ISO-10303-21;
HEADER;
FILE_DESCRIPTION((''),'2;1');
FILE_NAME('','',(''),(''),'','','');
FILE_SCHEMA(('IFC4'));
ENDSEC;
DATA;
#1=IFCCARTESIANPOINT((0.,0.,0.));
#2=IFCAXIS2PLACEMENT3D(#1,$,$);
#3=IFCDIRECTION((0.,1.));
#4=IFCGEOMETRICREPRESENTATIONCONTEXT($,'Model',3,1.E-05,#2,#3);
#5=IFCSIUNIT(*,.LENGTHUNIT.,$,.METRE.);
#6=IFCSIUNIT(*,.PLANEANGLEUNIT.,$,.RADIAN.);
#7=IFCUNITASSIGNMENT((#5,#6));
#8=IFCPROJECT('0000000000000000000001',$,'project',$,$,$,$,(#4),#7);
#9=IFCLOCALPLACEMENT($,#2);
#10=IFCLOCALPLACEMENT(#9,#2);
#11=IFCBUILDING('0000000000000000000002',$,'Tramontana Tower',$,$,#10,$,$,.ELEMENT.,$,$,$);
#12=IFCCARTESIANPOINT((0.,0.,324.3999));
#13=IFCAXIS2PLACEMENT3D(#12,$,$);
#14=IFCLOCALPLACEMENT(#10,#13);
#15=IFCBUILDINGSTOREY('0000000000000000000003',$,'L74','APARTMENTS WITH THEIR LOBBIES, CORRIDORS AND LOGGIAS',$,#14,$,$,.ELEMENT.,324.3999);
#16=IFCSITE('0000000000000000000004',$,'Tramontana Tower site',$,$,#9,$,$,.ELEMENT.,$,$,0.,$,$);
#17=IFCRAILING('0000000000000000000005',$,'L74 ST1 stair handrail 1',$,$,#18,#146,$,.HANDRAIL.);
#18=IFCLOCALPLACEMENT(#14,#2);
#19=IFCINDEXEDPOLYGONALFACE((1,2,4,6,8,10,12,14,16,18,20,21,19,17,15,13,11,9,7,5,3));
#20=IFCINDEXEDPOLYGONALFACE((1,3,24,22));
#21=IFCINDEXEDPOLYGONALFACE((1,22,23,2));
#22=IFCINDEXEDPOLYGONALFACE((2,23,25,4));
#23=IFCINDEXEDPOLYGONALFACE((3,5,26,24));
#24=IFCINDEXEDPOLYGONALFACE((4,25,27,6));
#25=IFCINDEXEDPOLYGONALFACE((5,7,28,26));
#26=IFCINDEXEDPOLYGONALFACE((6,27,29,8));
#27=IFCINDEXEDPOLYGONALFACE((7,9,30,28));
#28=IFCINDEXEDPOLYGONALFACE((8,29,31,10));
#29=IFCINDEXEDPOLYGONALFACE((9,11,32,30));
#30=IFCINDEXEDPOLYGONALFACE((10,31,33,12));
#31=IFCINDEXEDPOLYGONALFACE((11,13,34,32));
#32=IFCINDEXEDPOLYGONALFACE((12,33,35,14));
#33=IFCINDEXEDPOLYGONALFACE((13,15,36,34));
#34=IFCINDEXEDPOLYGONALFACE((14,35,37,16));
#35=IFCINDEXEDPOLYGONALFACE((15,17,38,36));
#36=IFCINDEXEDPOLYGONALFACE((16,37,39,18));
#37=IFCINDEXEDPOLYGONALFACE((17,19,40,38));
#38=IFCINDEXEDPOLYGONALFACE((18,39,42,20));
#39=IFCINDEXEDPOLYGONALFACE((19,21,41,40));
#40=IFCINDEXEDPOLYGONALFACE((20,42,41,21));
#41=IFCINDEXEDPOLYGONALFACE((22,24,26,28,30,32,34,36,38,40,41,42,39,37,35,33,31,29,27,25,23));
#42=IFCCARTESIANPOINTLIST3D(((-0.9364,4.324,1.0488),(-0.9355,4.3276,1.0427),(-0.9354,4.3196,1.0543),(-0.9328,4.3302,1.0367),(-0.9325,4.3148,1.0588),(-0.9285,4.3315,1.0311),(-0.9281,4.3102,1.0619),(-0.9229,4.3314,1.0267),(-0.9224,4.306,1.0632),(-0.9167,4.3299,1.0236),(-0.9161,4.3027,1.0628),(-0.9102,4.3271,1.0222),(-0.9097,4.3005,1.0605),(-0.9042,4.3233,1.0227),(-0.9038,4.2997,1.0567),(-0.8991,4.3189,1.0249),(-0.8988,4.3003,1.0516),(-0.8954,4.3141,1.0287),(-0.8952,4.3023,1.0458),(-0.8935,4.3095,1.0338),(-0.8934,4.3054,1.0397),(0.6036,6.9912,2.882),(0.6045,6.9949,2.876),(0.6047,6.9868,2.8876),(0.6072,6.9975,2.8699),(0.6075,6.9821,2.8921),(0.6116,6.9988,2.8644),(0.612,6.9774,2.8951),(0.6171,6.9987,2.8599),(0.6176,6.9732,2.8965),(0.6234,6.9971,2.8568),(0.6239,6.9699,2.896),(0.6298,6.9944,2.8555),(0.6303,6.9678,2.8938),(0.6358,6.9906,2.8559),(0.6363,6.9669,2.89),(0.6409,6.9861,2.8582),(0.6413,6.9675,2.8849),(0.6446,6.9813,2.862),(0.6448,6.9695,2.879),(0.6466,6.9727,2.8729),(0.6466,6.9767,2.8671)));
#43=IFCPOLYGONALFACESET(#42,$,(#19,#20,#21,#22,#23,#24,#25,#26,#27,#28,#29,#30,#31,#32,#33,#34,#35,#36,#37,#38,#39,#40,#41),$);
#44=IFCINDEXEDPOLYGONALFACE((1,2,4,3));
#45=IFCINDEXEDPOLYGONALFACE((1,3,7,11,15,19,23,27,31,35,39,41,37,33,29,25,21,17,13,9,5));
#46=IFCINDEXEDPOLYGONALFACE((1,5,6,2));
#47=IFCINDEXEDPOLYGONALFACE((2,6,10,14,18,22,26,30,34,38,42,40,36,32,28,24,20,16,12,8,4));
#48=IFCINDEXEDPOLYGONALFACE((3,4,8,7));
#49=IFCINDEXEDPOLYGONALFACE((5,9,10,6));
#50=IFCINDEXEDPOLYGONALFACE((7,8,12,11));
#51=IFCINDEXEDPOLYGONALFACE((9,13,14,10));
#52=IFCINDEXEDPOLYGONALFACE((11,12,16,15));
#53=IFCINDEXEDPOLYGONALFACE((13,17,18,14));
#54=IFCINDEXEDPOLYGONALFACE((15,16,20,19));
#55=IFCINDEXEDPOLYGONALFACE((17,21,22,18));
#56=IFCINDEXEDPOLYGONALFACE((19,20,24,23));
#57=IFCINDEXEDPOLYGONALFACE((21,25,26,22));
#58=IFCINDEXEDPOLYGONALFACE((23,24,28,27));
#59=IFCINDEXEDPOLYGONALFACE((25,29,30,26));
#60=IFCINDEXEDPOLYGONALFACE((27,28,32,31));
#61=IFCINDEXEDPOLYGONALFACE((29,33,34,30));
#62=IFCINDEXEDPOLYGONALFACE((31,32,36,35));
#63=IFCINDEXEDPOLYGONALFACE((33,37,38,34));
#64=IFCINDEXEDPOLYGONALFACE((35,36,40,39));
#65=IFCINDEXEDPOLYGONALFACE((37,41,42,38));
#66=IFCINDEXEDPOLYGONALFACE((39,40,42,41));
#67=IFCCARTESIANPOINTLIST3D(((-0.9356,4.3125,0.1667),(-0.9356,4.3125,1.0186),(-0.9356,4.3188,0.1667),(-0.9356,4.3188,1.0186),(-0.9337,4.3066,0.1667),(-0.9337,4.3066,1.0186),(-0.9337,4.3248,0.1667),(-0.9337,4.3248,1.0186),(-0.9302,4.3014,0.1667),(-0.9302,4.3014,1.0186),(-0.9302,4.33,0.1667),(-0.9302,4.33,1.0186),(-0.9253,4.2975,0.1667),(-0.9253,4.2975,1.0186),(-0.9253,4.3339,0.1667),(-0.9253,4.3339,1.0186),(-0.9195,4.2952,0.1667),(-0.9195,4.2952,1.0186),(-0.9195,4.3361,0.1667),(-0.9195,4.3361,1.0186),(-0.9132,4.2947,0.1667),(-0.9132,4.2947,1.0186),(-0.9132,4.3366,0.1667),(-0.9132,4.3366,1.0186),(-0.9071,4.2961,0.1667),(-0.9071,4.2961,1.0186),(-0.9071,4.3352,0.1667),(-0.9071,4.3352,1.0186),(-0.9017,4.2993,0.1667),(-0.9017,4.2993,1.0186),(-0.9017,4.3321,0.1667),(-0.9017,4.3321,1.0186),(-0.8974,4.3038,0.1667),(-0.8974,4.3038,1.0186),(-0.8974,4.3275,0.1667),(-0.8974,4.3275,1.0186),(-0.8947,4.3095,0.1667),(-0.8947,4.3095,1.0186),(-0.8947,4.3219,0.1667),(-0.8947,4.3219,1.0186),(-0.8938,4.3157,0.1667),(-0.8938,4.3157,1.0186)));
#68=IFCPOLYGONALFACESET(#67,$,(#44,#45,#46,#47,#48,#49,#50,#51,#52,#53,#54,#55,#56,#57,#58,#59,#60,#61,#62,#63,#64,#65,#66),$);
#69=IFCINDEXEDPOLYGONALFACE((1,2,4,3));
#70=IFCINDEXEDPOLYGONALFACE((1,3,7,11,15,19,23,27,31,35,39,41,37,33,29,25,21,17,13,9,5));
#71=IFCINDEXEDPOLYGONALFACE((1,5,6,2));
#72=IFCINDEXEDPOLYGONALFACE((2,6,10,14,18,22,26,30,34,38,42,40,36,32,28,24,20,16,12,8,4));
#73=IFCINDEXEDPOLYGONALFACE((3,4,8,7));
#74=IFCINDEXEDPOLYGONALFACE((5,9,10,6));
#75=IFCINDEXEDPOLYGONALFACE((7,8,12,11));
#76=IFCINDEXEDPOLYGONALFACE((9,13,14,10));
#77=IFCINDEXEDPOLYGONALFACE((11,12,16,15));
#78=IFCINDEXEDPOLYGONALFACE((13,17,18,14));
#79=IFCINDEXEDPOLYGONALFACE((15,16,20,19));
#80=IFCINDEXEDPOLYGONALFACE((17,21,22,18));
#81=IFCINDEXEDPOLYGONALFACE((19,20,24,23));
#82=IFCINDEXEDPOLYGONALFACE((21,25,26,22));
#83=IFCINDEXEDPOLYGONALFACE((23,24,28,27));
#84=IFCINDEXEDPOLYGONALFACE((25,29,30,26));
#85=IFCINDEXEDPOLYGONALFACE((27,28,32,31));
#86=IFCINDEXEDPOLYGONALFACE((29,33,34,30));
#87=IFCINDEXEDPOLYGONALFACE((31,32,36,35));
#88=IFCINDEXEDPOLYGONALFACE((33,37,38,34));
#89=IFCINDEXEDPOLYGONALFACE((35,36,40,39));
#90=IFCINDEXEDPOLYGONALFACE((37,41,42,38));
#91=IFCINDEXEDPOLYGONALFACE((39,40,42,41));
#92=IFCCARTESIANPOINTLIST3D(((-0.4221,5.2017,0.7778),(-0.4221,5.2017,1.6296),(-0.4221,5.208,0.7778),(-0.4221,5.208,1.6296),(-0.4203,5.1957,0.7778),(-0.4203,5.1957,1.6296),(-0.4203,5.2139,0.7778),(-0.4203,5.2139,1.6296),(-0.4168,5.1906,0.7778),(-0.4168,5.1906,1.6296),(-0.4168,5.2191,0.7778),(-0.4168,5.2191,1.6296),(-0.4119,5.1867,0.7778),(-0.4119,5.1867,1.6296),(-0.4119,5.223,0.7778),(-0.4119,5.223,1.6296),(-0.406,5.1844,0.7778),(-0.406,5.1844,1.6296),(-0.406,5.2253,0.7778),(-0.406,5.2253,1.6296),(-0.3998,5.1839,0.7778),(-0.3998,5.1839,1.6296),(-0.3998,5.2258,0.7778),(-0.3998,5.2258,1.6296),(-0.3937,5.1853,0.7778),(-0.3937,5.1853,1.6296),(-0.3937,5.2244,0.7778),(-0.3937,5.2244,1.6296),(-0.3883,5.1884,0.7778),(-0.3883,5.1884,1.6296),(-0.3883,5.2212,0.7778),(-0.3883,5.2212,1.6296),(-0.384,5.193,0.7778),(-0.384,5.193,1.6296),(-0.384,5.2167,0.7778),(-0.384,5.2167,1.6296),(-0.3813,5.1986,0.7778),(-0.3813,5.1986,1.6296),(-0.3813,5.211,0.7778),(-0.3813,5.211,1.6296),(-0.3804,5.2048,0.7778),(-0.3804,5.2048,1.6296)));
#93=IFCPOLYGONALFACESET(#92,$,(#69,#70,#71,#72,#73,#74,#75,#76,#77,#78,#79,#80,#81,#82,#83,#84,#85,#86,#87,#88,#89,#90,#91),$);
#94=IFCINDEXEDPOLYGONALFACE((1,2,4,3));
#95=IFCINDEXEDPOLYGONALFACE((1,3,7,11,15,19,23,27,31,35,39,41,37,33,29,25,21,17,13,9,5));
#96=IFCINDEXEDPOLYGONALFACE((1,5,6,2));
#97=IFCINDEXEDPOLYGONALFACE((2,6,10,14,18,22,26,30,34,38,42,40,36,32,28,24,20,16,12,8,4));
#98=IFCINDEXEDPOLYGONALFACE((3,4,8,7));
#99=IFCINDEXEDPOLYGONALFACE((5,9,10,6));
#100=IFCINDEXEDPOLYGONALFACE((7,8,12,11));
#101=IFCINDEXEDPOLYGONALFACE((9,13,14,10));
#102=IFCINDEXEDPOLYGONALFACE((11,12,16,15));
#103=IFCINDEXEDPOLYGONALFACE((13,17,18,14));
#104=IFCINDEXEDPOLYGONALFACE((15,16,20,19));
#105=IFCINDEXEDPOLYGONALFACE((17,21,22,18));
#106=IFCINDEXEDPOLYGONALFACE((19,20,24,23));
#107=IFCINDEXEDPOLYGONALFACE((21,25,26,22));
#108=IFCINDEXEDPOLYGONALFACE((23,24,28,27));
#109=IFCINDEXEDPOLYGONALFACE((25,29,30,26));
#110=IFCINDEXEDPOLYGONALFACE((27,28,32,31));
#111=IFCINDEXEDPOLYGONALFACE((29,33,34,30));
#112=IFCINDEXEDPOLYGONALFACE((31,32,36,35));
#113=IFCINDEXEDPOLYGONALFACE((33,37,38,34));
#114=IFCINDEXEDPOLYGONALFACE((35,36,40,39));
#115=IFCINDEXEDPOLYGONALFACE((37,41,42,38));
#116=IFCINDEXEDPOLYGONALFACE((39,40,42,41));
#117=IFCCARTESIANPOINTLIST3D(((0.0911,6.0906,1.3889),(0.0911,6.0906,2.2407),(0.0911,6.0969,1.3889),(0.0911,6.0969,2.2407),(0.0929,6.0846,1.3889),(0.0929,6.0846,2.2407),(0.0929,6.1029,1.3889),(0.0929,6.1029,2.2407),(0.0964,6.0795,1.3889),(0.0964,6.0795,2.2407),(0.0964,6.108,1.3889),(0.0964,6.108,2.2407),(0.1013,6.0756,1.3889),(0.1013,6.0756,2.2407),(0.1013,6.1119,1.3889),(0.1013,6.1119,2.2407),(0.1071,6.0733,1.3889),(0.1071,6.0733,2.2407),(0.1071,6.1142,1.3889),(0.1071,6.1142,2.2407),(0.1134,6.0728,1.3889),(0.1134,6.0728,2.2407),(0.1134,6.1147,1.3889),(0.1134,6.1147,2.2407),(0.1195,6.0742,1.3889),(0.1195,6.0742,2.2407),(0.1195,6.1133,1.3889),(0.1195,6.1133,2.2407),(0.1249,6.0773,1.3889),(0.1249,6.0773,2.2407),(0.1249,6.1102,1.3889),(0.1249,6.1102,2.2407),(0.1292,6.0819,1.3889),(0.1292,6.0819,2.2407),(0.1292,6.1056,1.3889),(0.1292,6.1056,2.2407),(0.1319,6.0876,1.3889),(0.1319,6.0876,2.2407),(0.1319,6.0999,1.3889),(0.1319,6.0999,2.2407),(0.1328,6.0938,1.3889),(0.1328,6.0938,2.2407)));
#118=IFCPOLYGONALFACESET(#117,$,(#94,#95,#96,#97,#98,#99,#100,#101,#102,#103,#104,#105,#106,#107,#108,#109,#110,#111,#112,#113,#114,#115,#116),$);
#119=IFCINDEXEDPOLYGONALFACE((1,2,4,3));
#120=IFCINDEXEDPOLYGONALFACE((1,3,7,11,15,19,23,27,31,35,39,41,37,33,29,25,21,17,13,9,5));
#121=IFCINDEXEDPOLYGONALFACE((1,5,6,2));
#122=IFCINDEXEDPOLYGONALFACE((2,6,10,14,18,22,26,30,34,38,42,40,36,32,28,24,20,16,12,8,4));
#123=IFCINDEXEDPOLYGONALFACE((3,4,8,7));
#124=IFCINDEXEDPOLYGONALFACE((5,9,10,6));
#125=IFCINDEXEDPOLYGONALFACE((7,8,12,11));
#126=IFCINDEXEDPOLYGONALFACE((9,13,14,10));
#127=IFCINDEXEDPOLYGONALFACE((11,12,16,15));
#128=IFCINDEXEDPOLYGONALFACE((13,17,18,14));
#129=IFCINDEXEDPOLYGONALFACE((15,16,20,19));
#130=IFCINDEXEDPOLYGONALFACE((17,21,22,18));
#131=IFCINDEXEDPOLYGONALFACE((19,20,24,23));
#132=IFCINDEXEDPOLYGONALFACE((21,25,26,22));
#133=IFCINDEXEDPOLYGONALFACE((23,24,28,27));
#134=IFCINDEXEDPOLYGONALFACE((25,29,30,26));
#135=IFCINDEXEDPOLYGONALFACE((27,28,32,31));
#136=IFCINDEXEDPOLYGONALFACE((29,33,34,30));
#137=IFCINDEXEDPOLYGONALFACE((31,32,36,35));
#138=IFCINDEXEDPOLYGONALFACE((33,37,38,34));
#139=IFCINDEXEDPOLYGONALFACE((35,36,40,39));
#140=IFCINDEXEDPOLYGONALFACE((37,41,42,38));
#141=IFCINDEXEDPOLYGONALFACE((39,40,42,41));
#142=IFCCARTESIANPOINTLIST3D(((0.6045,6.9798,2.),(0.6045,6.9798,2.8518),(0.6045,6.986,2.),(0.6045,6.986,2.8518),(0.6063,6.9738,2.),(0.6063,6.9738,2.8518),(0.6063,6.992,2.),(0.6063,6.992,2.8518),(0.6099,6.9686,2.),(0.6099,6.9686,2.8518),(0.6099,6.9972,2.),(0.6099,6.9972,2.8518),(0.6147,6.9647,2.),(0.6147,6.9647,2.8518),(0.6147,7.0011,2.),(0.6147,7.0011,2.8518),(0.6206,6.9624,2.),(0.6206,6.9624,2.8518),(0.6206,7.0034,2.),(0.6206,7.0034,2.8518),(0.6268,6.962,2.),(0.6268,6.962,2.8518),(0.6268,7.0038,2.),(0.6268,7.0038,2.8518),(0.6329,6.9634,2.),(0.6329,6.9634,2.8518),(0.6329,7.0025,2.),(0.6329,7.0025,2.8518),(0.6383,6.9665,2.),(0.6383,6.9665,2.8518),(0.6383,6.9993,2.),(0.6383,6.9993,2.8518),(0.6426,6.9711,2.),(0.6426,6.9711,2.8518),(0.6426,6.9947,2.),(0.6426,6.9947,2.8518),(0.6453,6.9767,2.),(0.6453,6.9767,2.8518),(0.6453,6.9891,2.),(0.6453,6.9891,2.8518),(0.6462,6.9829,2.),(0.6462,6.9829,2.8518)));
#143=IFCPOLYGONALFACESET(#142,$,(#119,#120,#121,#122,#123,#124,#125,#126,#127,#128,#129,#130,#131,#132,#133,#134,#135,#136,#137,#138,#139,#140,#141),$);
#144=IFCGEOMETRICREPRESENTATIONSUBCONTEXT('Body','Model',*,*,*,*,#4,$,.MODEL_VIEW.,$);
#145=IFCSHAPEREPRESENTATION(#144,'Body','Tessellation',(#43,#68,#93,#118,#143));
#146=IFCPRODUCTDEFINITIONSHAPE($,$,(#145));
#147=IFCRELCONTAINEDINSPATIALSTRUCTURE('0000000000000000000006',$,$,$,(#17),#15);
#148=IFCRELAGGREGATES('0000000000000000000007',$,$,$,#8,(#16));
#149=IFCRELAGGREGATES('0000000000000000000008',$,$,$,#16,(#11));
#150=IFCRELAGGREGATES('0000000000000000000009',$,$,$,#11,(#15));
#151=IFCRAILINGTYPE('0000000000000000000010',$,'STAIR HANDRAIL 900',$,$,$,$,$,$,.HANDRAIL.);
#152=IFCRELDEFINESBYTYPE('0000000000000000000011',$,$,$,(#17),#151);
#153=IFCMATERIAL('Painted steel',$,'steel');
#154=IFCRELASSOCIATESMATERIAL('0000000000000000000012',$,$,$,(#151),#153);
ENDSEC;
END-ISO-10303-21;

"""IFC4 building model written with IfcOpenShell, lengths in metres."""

from ifc_helpers import new_model, si_unit, direction, frame, origin, origin_2d, place, context, subcontext, project, spatial, circle, extrude, material, type_object, element, save


model = new_model("IFC4")

# Units and contexts
model_context = context("Model", 3, precision=1e-05, world=origin(), true_north=direction((0.0, 1.0)))
body_context = subcontext(model_context, "Body", "Model", "MODEL_VIEW")
ifc_project = project(units=[si_unit("LENGTHUNIT", "METRE"), si_unit("PLANEANGLEUNIT", "RADIAN")], contexts=[model_context])

# Site, building, storey
site_placement = place(None, origin())
site = spatial("IfcSite", under=ifc_project, at=site_placement, Name="Tramontana Tower site", CompositionType="ELEMENT", RefElevation=0.0)
building_placement = place(site_placement, origin())
building = spatial("IfcBuilding", under=site, at=building_placement, Name="Tramontana Tower", CompositionType="ELEMENT")
storey_placement = place(building_placement, frame((0.0, 0.0, 324.3999)))
storey = spatial("IfcBuildingStorey", under=building, at=storey_placement, Name="L74", Description="APARTMENTS WITH THEIR LOBBIES, CORRIDORS AND LOGGIAS", CompositionType="ELEMENT", Elevation=324.3999)

# Railing
ifc_material_1 = material(Name="Painted steel", Category="steel")
railing_type_1 = type_object("IfcRailingType", Name="STAIR HANDRAIL 900", PredefinedType="HANDRAIL", material=ifc_material_1)
railing_1_placement = place(storey_placement, frame((-0.9148, 4.3157, 0.1667)))
element("IfcRailing", 1, at=railing_1_placement, inside=storey, type_object=railing_type_1, Name="L74 ST1 stair handrail 1", PredefinedType="HANDRAIL", context=body_context, shape_type="SweptSolid", body=[
    extrude(circle(Radius=0.0239, at=origin_2d()), frame((0.0, 0.0, 0.876), z_axis=(0.429671, 0.744159, 0.511478), x_axis=(-0.86601, 0.500027, 0.0)), (0.0, 0.0, 1.0), 3.5842),
    extrude(circle(Radius=0.021, at=origin_2d()), origin(), (0.0, 0.0, 1.0), 0.8518),
    extrude(circle(Radius=0.021, at=origin_2d()), frame((0.5134, 0.8892, 0.6111)), (0.0, 0.0, 1.0), 0.8518),
    extrude(circle(Radius=0.021, at=origin_2d()), frame((1.0266, 1.7781, 1.2222)), (0.0, 0.0, 1.0), 0.8518),
    extrude(circle(Radius=0.021, at=origin_2d()), frame((1.54, 2.6672, 1.8333)), (0.0, 0.0, 1.0), 0.8518),
])

save(model, "model.ifc")
